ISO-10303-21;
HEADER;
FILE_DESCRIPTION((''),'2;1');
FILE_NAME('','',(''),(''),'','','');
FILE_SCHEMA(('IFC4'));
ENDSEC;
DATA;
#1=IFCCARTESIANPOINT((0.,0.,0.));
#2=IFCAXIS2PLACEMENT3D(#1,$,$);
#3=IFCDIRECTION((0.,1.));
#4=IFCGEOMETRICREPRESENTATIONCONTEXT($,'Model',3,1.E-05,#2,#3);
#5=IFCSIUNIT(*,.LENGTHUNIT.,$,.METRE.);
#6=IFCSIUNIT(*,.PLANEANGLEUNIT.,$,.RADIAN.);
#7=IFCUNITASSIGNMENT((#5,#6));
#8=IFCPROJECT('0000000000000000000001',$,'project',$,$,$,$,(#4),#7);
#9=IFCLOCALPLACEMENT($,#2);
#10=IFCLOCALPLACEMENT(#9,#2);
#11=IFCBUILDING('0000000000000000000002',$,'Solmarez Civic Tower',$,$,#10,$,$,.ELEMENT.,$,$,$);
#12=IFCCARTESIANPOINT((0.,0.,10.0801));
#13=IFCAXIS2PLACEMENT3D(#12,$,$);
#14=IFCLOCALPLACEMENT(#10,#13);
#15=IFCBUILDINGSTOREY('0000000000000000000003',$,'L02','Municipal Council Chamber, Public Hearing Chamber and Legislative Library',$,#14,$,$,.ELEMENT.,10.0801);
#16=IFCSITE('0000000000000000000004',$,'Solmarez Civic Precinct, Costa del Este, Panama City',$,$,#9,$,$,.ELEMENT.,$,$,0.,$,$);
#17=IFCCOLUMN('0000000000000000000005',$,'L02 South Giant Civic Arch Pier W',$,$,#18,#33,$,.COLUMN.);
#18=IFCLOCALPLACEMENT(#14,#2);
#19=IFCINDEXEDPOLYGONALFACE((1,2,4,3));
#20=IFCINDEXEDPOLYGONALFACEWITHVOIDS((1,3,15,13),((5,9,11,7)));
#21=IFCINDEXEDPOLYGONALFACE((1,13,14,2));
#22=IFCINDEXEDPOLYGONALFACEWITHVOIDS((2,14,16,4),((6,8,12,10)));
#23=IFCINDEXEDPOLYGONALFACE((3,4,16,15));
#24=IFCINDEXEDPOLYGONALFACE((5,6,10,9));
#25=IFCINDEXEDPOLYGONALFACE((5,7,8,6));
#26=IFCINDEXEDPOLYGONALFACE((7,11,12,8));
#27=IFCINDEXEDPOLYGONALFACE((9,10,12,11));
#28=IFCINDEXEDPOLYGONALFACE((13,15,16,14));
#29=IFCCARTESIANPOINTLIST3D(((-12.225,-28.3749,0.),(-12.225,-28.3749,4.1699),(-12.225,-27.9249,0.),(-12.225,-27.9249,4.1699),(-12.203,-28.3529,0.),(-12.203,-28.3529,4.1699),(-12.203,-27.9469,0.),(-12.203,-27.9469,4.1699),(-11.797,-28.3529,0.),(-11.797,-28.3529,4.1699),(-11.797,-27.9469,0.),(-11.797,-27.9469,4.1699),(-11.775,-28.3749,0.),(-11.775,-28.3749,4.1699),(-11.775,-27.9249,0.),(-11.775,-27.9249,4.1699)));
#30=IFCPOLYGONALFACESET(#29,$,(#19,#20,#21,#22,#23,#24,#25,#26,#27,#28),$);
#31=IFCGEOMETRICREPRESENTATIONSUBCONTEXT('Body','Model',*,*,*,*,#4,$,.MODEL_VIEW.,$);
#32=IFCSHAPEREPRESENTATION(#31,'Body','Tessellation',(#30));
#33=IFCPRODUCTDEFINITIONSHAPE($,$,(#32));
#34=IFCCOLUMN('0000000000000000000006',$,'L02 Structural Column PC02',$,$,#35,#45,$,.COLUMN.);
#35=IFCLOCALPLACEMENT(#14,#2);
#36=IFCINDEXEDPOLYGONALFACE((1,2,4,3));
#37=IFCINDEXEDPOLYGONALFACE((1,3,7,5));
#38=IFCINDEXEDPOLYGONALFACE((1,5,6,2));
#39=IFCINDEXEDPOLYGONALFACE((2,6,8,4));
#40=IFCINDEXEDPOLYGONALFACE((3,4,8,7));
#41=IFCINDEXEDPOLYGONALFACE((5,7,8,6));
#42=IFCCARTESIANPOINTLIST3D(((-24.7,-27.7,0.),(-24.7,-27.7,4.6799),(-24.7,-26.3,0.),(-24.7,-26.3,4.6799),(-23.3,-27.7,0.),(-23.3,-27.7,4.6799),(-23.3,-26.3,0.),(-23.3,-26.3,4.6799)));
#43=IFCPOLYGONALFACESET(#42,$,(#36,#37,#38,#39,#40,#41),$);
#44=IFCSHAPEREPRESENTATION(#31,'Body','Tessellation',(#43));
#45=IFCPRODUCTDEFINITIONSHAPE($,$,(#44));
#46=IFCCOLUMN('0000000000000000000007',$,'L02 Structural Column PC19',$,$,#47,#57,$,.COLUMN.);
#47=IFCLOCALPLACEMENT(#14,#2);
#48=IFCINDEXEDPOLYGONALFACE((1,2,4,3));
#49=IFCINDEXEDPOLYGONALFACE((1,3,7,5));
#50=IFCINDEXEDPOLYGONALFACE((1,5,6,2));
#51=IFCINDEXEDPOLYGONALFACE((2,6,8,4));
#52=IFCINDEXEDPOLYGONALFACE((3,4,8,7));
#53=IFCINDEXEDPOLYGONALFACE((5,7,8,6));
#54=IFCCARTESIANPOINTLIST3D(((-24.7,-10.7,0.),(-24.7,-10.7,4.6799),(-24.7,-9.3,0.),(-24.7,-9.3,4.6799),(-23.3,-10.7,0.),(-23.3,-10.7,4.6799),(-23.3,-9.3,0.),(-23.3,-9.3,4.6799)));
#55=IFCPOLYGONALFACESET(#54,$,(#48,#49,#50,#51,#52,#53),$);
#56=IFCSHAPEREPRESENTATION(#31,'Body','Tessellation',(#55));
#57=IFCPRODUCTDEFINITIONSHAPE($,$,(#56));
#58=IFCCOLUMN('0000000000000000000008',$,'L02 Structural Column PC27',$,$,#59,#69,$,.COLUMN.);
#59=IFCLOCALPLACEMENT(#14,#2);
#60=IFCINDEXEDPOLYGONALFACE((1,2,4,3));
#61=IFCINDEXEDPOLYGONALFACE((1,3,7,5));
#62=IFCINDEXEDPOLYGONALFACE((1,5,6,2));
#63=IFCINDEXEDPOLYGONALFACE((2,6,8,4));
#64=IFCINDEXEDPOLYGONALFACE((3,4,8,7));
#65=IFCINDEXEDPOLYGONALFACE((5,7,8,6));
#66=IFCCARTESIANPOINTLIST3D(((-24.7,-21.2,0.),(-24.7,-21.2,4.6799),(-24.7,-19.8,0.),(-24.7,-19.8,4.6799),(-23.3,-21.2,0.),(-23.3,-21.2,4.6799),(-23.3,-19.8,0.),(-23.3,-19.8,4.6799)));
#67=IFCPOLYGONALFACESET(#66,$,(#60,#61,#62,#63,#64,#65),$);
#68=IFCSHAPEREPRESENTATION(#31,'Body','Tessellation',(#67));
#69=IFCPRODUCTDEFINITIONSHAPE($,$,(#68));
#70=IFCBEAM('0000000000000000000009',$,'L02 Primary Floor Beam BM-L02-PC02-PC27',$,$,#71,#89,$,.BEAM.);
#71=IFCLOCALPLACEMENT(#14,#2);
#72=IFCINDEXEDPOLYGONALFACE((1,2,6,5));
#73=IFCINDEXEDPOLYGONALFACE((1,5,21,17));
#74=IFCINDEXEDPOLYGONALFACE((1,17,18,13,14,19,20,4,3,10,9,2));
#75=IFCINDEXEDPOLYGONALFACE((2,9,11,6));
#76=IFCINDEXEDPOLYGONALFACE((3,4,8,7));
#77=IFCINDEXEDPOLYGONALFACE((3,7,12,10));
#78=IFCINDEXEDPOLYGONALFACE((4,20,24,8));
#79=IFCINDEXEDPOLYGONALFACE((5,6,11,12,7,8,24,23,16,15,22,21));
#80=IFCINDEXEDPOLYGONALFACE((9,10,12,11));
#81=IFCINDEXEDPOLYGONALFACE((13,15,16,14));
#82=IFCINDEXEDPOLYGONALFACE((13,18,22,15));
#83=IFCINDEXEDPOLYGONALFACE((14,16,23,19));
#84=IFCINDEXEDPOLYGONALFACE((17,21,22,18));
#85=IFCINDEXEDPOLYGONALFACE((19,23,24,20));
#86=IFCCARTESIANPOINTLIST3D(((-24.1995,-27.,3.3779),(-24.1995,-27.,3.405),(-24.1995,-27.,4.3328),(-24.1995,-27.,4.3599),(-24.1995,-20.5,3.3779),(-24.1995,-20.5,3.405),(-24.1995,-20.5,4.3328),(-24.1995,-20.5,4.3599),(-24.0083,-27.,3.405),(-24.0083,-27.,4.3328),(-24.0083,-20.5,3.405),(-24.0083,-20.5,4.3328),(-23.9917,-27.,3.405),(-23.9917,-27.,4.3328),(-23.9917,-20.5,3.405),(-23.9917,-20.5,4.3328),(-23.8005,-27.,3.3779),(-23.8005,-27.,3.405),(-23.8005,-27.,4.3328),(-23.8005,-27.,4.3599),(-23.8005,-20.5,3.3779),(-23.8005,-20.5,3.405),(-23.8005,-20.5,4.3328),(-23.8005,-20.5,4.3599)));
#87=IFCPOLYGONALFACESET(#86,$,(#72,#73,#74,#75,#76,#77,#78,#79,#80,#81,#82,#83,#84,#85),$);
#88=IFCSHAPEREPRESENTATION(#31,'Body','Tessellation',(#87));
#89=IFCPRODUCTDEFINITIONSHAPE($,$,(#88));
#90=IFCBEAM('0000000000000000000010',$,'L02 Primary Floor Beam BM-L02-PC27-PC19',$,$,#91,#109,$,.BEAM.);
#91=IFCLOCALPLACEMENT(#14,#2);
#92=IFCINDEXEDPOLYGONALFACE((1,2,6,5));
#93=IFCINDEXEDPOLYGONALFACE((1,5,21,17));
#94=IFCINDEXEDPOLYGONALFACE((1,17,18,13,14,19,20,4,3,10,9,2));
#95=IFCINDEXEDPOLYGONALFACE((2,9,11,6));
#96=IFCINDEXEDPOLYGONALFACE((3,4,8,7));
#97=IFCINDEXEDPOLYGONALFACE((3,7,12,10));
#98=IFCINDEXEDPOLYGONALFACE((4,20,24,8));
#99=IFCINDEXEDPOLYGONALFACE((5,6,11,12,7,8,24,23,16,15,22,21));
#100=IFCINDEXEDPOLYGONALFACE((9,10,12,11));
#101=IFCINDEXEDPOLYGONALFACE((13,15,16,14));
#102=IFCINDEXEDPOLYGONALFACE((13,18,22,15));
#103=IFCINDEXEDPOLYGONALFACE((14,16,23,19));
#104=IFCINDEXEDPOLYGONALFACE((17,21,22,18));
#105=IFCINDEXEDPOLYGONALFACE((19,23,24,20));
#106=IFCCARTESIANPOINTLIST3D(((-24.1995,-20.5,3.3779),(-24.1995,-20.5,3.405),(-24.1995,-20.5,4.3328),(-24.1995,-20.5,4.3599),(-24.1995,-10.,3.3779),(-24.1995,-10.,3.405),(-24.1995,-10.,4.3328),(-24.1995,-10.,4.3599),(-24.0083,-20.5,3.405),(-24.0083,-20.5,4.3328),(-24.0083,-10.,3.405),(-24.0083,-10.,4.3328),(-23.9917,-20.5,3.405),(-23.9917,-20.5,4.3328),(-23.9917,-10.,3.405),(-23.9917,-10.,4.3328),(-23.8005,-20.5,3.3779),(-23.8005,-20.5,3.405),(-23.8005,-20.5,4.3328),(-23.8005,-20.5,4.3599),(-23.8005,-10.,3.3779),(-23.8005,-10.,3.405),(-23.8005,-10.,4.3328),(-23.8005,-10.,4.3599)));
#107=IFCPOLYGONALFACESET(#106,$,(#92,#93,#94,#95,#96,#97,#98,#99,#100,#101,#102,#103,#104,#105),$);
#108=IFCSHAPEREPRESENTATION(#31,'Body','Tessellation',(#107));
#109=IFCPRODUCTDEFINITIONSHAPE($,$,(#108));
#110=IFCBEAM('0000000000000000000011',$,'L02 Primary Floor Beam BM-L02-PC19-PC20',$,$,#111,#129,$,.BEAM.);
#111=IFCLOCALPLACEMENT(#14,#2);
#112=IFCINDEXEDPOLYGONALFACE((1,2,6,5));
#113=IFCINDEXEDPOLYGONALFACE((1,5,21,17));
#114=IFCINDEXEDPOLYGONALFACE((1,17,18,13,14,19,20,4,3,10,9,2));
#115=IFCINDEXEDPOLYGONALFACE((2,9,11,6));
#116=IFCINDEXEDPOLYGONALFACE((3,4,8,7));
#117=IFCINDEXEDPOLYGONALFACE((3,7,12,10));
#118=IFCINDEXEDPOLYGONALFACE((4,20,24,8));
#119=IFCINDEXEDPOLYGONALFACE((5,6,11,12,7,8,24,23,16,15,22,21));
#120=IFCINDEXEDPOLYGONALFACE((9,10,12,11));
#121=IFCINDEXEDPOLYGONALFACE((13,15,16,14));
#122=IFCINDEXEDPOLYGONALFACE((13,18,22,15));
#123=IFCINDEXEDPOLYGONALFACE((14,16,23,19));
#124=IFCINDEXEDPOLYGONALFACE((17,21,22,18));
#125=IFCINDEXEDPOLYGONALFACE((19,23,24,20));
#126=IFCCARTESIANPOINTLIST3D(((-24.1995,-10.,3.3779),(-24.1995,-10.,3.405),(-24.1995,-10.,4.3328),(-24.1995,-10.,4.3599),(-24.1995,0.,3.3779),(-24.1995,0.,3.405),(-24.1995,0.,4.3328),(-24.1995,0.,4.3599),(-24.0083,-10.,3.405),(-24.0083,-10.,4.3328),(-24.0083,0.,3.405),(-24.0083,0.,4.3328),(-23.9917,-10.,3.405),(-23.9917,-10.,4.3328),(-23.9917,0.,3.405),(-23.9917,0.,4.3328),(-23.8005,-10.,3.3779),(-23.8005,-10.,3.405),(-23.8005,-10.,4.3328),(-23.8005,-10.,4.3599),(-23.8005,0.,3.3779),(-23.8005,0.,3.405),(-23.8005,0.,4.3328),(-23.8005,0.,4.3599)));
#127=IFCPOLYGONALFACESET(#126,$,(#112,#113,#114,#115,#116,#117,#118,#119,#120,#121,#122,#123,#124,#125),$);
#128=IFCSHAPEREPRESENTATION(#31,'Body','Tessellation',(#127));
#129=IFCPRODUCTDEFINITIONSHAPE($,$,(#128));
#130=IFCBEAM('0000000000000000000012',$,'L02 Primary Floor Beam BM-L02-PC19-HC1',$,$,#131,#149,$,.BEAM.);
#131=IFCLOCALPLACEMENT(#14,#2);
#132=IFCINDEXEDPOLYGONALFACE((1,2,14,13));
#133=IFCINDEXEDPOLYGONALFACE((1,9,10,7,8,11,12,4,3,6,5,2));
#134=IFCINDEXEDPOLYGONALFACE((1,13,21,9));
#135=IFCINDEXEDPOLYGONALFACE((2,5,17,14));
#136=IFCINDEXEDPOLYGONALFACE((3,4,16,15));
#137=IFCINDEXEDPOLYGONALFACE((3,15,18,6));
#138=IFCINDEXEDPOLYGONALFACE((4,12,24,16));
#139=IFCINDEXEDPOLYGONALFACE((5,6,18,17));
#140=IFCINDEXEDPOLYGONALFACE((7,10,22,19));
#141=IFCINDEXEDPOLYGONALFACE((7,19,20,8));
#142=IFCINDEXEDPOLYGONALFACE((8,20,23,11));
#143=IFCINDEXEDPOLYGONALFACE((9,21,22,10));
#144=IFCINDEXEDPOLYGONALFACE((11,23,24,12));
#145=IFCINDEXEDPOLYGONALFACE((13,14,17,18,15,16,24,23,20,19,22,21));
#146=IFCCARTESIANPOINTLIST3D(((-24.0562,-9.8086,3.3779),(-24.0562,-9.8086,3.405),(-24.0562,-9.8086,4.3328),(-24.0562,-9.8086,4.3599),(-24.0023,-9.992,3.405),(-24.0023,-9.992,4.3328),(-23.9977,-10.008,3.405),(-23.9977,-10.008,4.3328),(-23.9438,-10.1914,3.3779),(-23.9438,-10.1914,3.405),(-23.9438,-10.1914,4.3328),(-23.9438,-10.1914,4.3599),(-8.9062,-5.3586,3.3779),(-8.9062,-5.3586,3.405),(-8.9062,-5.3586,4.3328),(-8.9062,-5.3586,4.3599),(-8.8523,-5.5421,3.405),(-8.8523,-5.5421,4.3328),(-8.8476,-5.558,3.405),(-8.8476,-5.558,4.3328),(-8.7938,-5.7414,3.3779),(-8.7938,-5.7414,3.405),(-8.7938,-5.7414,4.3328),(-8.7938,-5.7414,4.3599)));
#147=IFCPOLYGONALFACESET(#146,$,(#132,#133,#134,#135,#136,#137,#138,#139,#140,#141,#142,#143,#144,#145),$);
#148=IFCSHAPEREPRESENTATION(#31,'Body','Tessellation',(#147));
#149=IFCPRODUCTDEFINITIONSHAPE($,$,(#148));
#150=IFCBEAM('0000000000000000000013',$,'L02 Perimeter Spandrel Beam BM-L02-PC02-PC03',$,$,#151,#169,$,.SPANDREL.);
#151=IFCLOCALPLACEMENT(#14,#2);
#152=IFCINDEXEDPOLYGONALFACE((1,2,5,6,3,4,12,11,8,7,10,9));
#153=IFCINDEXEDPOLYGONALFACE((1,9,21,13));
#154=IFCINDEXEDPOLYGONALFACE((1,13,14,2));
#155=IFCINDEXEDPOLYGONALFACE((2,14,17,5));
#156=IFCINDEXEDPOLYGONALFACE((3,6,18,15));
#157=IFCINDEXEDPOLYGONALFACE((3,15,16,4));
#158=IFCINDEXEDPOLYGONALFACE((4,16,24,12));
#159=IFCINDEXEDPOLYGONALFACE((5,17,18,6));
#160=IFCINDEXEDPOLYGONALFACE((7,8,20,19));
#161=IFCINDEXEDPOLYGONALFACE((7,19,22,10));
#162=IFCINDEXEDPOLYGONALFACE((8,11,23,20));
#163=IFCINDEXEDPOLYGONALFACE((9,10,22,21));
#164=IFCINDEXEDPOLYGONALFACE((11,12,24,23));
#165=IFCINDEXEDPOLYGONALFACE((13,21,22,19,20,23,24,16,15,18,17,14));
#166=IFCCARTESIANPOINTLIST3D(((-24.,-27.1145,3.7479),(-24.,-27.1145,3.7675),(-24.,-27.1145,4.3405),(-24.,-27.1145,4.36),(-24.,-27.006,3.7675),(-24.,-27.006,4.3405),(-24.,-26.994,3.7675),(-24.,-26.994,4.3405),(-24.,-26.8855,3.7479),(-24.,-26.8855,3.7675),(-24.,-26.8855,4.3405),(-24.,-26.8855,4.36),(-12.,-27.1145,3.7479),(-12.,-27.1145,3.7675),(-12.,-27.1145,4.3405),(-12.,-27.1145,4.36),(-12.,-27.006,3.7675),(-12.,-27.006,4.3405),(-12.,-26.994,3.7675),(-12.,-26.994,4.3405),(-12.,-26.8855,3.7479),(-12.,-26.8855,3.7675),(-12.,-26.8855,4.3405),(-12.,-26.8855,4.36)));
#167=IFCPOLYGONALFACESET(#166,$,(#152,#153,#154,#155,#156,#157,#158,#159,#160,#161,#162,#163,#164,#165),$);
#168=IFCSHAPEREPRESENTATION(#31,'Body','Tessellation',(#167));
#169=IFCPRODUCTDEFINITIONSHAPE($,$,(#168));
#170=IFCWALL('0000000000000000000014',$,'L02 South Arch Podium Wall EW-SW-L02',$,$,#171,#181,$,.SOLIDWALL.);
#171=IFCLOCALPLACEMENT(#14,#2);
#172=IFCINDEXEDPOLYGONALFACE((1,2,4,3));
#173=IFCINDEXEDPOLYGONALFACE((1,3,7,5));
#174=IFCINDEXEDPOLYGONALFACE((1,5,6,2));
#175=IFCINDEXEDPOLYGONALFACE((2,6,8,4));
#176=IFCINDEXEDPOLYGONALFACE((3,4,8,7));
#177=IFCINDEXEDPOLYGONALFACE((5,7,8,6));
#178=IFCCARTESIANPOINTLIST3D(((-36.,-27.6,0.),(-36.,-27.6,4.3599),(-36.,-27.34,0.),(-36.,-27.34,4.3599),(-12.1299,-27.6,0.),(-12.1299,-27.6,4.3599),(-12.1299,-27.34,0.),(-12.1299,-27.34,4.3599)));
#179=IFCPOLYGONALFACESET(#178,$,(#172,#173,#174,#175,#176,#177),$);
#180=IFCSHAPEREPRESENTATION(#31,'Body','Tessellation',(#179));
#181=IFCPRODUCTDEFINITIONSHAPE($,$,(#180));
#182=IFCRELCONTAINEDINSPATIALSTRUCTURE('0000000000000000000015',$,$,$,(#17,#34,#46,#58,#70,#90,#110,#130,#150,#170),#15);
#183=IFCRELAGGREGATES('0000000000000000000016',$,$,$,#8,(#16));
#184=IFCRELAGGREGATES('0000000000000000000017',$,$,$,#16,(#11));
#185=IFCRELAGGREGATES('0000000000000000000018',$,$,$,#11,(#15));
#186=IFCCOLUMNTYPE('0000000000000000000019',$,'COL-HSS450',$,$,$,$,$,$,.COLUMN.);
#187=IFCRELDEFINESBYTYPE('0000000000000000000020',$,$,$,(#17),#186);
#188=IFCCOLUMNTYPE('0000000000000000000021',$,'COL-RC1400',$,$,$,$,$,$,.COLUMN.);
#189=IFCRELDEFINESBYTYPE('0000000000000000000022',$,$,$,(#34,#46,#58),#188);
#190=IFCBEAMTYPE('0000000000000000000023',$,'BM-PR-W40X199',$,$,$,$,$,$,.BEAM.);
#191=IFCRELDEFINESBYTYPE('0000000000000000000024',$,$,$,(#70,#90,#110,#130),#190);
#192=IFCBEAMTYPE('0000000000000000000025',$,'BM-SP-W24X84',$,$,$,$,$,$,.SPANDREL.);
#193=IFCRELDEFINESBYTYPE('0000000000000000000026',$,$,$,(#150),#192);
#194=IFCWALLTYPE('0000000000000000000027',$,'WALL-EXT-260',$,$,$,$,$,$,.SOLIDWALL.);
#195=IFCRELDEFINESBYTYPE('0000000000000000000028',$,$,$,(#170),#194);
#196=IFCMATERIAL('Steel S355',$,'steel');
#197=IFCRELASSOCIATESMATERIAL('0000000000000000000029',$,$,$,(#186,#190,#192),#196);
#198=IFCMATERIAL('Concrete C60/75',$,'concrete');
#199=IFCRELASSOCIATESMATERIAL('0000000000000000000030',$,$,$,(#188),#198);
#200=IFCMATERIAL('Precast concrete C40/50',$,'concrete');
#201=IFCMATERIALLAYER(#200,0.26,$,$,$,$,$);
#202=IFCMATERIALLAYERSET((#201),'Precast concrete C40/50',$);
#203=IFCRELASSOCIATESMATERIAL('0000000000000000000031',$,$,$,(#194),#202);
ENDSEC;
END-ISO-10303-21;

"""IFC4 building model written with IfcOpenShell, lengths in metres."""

from ifc_helpers import new_model, si_unit, direction, frame, frame_2d, origin, origin_2d, place, context, subcontext, project, spatial, rectangle, hollow_rectangle, i_section, extrude, material, layer, layer_set, material_profile, profile_set, type_object, element, save


model = new_model("IFC4")

# Units and contexts
model_context = context("Model", 3, precision=1e-05, world=origin(), true_north=direction((0.0, 1.0)))
body_context = subcontext(model_context, "Body", "Model", "MODEL_VIEW")
ifc_project = project(units=[si_unit("LENGTHUNIT", "METRE"), si_unit("PLANEANGLEUNIT", "RADIAN")], contexts=[model_context])

# Site, building, storey
site_placement = place(None, origin())
site = spatial("IfcSite", under=ifc_project, at=site_placement, Name="Solmarez Civic Precinct, Costa del Este, Panama City", CompositionType="ELEMENT", RefElevation=0.0)
building_placement = place(site_placement, origin())
building = spatial("IfcBuilding", under=site, at=building_placement, Name="Solmarez Civic Tower", CompositionType="ELEMENT")
storey_placement = place(building_placement, frame((0.0, 0.0, 10.0801)))
storey = spatial("IfcBuildingStorey", under=building, at=storey_placement, Name="L02", Description="Municipal Council Chamber, Public Hearing Chamber and Legislative Library", CompositionType="ELEMENT", Elevation=10.0801)

# Columns
ifc_material_1 = material(Name="Steel S355", Category="steel")
ifc_material_profile_1 = material_profile(ifc_material_1, hollow_rectangle(XDim=0.45, YDim=0.45, WallThickness=0.022, at=origin_2d()), Name="HSS450X450X22")
ifc_profile_set_1 = profile_set([ifc_material_profile_1], Name="Steel S355")
column_type_1 = type_object("IfcColumnType", Name="COL-HSS450", PredefinedType="COLUMN", material=ifc_profile_set_1)
column_placement = place(storey_placement, frame((-12.0, -28.1499, 0.0), z_axis=(0.0, 0.0, 1.0), x_axis=(1.0, 0.0, 0.0)))
element("IfcColumn", 1, at=column_placement, inside=storey, type_object=column_type_1, Name="L02 South Giant Civic Arch Pier W", PredefinedType="COLUMN", context=body_context, shape_type="SweptSolid", body=[
    extrude(hollow_rectangle(XDim=0.45, YDim=0.45, WallThickness=0.022, at=origin_2d()), origin(), (0.0, 0.0, 1.0), 4.1699),
])
ifc_material_2 = material(Name="Concrete C60/75", Category="concrete")
ifc_material_profile_2 = material_profile(ifc_material_2, rectangle(XDim=1.3999, YDim=1.3999, at=origin_2d()), Name="RC1400X1400")
ifc_profile_set_2 = profile_set([ifc_material_profile_2], Name="Concrete C60/75")
column_type_2 = type_object("IfcColumnType", Name="COL-RC1400", PredefinedType="COLUMN", material=ifc_profile_set_2)
for number, where, z_axis, x_axis, name in (
    (2, (-24.0, -27.0, 0.0), (0.0, 0.0, 1.0), (1.0, 0.0, 0.0), "L02 Structural Column PC02"),
    (3, (-24.0, -10.0, 0.0), (0.0, 0.0, 1.0), (1.0, 0.0, 0.0), "L02 Structural Column PC19"),
    (4, (-24.0, -20.5, 0.0), (0.0, 0.0, 1.0), (1.0, 0.0, 0.0), "L02 Structural Column PC27"),
):
    element("IfcColumn", number, at=place(storey_placement, frame(where, z_axis=z_axis, x_axis=x_axis)), inside=storey, type_object=column_type_2, Name=name, PredefinedType="COLUMN", context=body_context, shape_type="SweptSolid", body=[
        extrude(rectangle(XDim=1.3999, YDim=1.3999, at=origin_2d()), origin(), (0.0, 0.0, 1.0), 4.6799),
    ])

# Beams
ifc_material_profile_3 = material_profile(ifc_material_1, i_section(OverallWidth=0.3989, OverallDepth=0.9819, WebThickness=0.0166, FlangeThickness=0.0271, at=origin_2d()), Name="W40X199")
ifc_profile_set_3 = profile_set([ifc_material_profile_3], Name="Steel S355")
beam_type_1 = type_object("IfcBeamType", Name="BM-PR-W40X199", PredefinedType="BEAM", material=ifc_profile_set_3)
beam_1_placement = place(storey_placement, frame((-24.0, -27.0, 3.8689), z_axis=(0.0, 1.0, 0.0), x_axis=(-1.0, 0.0, 0.0)))
element("IfcBeam", 5, at=beam_1_placement, inside=storey, type_object=beam_type_1, Name="L02 Primary Floor Beam BM-L02-PC02-PC27", PredefinedType="BEAM", context=body_context, shape_type="SweptSolid", body=[
    extrude(i_section(OverallWidth=0.3989, OverallDepth=0.9819, WebThickness=0.0166, FlangeThickness=0.0271, at=origin_2d()), origin(), (0.0, 0.0, 1.0), 6.5),
])
beam_2_placement = place(storey_placement, frame((-24.0, -20.5, 3.8689), z_axis=(0.0, 1.0, 0.0), x_axis=(-1.0, 0.0, 0.0)))
element("IfcBeam", 6, at=beam_2_placement, inside=storey, type_object=beam_type_1, Name="L02 Primary Floor Beam BM-L02-PC27-PC19", PredefinedType="BEAM", context=body_context, shape_type="SweptSolid", body=[
    extrude(i_section(OverallWidth=0.3989, OverallDepth=0.9819, WebThickness=0.0166, FlangeThickness=0.0271, at=origin_2d()), origin(), (0.0, 0.0, 1.0), 10.5),
])
beam_3_placement = place(storey_placement, frame((-24.0, -10.0, 3.8689), z_axis=(0.0, 1.0, 0.0), x_axis=(-1.0, 0.0, 0.0)))
element("IfcBeam", 7, at=beam_3_placement, inside=storey, type_object=beam_type_1, Name="L02 Primary Floor Beam BM-L02-PC19-PC20", PredefinedType="BEAM", context=body_context, shape_type="SweptSolid", body=[
    extrude(i_section(OverallWidth=0.3989, OverallDepth=0.9819, WebThickness=0.0166, FlangeThickness=0.0271, at=origin_2d()), origin(), (0.0, 0.0, 1.0), 10.0),
])
beam_4_placement = place(storey_placement, frame((-24.0, -10.0, 3.8689), z_axis=(0.959467, 0.281822, 0.0), x_axis=(-0.281822, 0.959467, 0.0)))
element("IfcBeam", 8, at=beam_4_placement, inside=storey, type_object=beam_type_1, Name="L02 Primary Floor Beam BM-L02-PC19-HC1", PredefinedType="BEAM", context=body_context, shape_type="SweptSolid", body=[
    extrude(i_section(OverallWidth=0.3989, OverallDepth=0.9819, WebThickness=0.0166, FlangeThickness=0.0271, at=origin_2d()), origin(), (0.0, 0.0, 1.0), 15.79),
])
ifc_material_profile_4 = material_profile(ifc_material_1, i_section(OverallWidth=0.229, OverallDepth=0.6121, WebThickness=0.012, FlangeThickness=0.0195, at=origin_2d()), Name="W24X84")
ifc_profile_set_4 = profile_set([ifc_material_profile_4], Name="Steel S355")
beam_type_2 = type_object("IfcBeamType", Name="BM-SP-W24X84", PredefinedType="SPANDREL", material=ifc_profile_set_4)
beam_5_placement = place(storey_placement, frame((-24.0, -27.0, 4.054), z_axis=(1.0, 0.0, 0.0), x_axis=(0.0, 1.0, 0.0)))
element("IfcBeam", 9, at=beam_5_placement, inside=storey, type_object=beam_type_2, Name="L02 Perimeter Spandrel Beam BM-L02-PC02-PC03", PredefinedType="SPANDREL", context=body_context, shape_type="SweptSolid", body=[
    extrude(i_section(OverallWidth=0.229, OverallDepth=0.6121, WebThickness=0.012, FlangeThickness=0.0195, at=origin_2d()), origin(), (0.0, 0.0, 1.0), 12.0),
])

# Wall
ifc_material_3 = material(Name="Precast concrete C40/50", Category="concrete")
ifc_layer_1 = layer(ifc_material_3, 0.26)
ifc_layer_set_1 = layer_set([ifc_layer_1], Name="Precast concrete C40/50")
wall_type_1 = type_object("IfcWallType", Name="WALL-EXT-260", PredefinedType="SOLIDWALL", material=ifc_layer_set_1)
wall_1_placement = place(storey_placement, frame((-12.1299, -27.47, 0.0), z_axis=(0.0, 0.0, 1.0), x_axis=(-1.0, 0.0, 0.0)))
element("IfcWall", 10, at=wall_1_placement, inside=storey, type_object=wall_type_1, Name="L02 South Arch Podium Wall EW-SW-L02", PredefinedType="SOLIDWALL", context=body_context, shape_type="SweptSolid", body=[
    extrude(rectangle(XDim=23.8701, YDim=0.26, at=frame_2d((11.9351, 0.0))), origin(), (0.0, 0.0, 1.0), 4.3599),
])

save(model, "model.ifc")
